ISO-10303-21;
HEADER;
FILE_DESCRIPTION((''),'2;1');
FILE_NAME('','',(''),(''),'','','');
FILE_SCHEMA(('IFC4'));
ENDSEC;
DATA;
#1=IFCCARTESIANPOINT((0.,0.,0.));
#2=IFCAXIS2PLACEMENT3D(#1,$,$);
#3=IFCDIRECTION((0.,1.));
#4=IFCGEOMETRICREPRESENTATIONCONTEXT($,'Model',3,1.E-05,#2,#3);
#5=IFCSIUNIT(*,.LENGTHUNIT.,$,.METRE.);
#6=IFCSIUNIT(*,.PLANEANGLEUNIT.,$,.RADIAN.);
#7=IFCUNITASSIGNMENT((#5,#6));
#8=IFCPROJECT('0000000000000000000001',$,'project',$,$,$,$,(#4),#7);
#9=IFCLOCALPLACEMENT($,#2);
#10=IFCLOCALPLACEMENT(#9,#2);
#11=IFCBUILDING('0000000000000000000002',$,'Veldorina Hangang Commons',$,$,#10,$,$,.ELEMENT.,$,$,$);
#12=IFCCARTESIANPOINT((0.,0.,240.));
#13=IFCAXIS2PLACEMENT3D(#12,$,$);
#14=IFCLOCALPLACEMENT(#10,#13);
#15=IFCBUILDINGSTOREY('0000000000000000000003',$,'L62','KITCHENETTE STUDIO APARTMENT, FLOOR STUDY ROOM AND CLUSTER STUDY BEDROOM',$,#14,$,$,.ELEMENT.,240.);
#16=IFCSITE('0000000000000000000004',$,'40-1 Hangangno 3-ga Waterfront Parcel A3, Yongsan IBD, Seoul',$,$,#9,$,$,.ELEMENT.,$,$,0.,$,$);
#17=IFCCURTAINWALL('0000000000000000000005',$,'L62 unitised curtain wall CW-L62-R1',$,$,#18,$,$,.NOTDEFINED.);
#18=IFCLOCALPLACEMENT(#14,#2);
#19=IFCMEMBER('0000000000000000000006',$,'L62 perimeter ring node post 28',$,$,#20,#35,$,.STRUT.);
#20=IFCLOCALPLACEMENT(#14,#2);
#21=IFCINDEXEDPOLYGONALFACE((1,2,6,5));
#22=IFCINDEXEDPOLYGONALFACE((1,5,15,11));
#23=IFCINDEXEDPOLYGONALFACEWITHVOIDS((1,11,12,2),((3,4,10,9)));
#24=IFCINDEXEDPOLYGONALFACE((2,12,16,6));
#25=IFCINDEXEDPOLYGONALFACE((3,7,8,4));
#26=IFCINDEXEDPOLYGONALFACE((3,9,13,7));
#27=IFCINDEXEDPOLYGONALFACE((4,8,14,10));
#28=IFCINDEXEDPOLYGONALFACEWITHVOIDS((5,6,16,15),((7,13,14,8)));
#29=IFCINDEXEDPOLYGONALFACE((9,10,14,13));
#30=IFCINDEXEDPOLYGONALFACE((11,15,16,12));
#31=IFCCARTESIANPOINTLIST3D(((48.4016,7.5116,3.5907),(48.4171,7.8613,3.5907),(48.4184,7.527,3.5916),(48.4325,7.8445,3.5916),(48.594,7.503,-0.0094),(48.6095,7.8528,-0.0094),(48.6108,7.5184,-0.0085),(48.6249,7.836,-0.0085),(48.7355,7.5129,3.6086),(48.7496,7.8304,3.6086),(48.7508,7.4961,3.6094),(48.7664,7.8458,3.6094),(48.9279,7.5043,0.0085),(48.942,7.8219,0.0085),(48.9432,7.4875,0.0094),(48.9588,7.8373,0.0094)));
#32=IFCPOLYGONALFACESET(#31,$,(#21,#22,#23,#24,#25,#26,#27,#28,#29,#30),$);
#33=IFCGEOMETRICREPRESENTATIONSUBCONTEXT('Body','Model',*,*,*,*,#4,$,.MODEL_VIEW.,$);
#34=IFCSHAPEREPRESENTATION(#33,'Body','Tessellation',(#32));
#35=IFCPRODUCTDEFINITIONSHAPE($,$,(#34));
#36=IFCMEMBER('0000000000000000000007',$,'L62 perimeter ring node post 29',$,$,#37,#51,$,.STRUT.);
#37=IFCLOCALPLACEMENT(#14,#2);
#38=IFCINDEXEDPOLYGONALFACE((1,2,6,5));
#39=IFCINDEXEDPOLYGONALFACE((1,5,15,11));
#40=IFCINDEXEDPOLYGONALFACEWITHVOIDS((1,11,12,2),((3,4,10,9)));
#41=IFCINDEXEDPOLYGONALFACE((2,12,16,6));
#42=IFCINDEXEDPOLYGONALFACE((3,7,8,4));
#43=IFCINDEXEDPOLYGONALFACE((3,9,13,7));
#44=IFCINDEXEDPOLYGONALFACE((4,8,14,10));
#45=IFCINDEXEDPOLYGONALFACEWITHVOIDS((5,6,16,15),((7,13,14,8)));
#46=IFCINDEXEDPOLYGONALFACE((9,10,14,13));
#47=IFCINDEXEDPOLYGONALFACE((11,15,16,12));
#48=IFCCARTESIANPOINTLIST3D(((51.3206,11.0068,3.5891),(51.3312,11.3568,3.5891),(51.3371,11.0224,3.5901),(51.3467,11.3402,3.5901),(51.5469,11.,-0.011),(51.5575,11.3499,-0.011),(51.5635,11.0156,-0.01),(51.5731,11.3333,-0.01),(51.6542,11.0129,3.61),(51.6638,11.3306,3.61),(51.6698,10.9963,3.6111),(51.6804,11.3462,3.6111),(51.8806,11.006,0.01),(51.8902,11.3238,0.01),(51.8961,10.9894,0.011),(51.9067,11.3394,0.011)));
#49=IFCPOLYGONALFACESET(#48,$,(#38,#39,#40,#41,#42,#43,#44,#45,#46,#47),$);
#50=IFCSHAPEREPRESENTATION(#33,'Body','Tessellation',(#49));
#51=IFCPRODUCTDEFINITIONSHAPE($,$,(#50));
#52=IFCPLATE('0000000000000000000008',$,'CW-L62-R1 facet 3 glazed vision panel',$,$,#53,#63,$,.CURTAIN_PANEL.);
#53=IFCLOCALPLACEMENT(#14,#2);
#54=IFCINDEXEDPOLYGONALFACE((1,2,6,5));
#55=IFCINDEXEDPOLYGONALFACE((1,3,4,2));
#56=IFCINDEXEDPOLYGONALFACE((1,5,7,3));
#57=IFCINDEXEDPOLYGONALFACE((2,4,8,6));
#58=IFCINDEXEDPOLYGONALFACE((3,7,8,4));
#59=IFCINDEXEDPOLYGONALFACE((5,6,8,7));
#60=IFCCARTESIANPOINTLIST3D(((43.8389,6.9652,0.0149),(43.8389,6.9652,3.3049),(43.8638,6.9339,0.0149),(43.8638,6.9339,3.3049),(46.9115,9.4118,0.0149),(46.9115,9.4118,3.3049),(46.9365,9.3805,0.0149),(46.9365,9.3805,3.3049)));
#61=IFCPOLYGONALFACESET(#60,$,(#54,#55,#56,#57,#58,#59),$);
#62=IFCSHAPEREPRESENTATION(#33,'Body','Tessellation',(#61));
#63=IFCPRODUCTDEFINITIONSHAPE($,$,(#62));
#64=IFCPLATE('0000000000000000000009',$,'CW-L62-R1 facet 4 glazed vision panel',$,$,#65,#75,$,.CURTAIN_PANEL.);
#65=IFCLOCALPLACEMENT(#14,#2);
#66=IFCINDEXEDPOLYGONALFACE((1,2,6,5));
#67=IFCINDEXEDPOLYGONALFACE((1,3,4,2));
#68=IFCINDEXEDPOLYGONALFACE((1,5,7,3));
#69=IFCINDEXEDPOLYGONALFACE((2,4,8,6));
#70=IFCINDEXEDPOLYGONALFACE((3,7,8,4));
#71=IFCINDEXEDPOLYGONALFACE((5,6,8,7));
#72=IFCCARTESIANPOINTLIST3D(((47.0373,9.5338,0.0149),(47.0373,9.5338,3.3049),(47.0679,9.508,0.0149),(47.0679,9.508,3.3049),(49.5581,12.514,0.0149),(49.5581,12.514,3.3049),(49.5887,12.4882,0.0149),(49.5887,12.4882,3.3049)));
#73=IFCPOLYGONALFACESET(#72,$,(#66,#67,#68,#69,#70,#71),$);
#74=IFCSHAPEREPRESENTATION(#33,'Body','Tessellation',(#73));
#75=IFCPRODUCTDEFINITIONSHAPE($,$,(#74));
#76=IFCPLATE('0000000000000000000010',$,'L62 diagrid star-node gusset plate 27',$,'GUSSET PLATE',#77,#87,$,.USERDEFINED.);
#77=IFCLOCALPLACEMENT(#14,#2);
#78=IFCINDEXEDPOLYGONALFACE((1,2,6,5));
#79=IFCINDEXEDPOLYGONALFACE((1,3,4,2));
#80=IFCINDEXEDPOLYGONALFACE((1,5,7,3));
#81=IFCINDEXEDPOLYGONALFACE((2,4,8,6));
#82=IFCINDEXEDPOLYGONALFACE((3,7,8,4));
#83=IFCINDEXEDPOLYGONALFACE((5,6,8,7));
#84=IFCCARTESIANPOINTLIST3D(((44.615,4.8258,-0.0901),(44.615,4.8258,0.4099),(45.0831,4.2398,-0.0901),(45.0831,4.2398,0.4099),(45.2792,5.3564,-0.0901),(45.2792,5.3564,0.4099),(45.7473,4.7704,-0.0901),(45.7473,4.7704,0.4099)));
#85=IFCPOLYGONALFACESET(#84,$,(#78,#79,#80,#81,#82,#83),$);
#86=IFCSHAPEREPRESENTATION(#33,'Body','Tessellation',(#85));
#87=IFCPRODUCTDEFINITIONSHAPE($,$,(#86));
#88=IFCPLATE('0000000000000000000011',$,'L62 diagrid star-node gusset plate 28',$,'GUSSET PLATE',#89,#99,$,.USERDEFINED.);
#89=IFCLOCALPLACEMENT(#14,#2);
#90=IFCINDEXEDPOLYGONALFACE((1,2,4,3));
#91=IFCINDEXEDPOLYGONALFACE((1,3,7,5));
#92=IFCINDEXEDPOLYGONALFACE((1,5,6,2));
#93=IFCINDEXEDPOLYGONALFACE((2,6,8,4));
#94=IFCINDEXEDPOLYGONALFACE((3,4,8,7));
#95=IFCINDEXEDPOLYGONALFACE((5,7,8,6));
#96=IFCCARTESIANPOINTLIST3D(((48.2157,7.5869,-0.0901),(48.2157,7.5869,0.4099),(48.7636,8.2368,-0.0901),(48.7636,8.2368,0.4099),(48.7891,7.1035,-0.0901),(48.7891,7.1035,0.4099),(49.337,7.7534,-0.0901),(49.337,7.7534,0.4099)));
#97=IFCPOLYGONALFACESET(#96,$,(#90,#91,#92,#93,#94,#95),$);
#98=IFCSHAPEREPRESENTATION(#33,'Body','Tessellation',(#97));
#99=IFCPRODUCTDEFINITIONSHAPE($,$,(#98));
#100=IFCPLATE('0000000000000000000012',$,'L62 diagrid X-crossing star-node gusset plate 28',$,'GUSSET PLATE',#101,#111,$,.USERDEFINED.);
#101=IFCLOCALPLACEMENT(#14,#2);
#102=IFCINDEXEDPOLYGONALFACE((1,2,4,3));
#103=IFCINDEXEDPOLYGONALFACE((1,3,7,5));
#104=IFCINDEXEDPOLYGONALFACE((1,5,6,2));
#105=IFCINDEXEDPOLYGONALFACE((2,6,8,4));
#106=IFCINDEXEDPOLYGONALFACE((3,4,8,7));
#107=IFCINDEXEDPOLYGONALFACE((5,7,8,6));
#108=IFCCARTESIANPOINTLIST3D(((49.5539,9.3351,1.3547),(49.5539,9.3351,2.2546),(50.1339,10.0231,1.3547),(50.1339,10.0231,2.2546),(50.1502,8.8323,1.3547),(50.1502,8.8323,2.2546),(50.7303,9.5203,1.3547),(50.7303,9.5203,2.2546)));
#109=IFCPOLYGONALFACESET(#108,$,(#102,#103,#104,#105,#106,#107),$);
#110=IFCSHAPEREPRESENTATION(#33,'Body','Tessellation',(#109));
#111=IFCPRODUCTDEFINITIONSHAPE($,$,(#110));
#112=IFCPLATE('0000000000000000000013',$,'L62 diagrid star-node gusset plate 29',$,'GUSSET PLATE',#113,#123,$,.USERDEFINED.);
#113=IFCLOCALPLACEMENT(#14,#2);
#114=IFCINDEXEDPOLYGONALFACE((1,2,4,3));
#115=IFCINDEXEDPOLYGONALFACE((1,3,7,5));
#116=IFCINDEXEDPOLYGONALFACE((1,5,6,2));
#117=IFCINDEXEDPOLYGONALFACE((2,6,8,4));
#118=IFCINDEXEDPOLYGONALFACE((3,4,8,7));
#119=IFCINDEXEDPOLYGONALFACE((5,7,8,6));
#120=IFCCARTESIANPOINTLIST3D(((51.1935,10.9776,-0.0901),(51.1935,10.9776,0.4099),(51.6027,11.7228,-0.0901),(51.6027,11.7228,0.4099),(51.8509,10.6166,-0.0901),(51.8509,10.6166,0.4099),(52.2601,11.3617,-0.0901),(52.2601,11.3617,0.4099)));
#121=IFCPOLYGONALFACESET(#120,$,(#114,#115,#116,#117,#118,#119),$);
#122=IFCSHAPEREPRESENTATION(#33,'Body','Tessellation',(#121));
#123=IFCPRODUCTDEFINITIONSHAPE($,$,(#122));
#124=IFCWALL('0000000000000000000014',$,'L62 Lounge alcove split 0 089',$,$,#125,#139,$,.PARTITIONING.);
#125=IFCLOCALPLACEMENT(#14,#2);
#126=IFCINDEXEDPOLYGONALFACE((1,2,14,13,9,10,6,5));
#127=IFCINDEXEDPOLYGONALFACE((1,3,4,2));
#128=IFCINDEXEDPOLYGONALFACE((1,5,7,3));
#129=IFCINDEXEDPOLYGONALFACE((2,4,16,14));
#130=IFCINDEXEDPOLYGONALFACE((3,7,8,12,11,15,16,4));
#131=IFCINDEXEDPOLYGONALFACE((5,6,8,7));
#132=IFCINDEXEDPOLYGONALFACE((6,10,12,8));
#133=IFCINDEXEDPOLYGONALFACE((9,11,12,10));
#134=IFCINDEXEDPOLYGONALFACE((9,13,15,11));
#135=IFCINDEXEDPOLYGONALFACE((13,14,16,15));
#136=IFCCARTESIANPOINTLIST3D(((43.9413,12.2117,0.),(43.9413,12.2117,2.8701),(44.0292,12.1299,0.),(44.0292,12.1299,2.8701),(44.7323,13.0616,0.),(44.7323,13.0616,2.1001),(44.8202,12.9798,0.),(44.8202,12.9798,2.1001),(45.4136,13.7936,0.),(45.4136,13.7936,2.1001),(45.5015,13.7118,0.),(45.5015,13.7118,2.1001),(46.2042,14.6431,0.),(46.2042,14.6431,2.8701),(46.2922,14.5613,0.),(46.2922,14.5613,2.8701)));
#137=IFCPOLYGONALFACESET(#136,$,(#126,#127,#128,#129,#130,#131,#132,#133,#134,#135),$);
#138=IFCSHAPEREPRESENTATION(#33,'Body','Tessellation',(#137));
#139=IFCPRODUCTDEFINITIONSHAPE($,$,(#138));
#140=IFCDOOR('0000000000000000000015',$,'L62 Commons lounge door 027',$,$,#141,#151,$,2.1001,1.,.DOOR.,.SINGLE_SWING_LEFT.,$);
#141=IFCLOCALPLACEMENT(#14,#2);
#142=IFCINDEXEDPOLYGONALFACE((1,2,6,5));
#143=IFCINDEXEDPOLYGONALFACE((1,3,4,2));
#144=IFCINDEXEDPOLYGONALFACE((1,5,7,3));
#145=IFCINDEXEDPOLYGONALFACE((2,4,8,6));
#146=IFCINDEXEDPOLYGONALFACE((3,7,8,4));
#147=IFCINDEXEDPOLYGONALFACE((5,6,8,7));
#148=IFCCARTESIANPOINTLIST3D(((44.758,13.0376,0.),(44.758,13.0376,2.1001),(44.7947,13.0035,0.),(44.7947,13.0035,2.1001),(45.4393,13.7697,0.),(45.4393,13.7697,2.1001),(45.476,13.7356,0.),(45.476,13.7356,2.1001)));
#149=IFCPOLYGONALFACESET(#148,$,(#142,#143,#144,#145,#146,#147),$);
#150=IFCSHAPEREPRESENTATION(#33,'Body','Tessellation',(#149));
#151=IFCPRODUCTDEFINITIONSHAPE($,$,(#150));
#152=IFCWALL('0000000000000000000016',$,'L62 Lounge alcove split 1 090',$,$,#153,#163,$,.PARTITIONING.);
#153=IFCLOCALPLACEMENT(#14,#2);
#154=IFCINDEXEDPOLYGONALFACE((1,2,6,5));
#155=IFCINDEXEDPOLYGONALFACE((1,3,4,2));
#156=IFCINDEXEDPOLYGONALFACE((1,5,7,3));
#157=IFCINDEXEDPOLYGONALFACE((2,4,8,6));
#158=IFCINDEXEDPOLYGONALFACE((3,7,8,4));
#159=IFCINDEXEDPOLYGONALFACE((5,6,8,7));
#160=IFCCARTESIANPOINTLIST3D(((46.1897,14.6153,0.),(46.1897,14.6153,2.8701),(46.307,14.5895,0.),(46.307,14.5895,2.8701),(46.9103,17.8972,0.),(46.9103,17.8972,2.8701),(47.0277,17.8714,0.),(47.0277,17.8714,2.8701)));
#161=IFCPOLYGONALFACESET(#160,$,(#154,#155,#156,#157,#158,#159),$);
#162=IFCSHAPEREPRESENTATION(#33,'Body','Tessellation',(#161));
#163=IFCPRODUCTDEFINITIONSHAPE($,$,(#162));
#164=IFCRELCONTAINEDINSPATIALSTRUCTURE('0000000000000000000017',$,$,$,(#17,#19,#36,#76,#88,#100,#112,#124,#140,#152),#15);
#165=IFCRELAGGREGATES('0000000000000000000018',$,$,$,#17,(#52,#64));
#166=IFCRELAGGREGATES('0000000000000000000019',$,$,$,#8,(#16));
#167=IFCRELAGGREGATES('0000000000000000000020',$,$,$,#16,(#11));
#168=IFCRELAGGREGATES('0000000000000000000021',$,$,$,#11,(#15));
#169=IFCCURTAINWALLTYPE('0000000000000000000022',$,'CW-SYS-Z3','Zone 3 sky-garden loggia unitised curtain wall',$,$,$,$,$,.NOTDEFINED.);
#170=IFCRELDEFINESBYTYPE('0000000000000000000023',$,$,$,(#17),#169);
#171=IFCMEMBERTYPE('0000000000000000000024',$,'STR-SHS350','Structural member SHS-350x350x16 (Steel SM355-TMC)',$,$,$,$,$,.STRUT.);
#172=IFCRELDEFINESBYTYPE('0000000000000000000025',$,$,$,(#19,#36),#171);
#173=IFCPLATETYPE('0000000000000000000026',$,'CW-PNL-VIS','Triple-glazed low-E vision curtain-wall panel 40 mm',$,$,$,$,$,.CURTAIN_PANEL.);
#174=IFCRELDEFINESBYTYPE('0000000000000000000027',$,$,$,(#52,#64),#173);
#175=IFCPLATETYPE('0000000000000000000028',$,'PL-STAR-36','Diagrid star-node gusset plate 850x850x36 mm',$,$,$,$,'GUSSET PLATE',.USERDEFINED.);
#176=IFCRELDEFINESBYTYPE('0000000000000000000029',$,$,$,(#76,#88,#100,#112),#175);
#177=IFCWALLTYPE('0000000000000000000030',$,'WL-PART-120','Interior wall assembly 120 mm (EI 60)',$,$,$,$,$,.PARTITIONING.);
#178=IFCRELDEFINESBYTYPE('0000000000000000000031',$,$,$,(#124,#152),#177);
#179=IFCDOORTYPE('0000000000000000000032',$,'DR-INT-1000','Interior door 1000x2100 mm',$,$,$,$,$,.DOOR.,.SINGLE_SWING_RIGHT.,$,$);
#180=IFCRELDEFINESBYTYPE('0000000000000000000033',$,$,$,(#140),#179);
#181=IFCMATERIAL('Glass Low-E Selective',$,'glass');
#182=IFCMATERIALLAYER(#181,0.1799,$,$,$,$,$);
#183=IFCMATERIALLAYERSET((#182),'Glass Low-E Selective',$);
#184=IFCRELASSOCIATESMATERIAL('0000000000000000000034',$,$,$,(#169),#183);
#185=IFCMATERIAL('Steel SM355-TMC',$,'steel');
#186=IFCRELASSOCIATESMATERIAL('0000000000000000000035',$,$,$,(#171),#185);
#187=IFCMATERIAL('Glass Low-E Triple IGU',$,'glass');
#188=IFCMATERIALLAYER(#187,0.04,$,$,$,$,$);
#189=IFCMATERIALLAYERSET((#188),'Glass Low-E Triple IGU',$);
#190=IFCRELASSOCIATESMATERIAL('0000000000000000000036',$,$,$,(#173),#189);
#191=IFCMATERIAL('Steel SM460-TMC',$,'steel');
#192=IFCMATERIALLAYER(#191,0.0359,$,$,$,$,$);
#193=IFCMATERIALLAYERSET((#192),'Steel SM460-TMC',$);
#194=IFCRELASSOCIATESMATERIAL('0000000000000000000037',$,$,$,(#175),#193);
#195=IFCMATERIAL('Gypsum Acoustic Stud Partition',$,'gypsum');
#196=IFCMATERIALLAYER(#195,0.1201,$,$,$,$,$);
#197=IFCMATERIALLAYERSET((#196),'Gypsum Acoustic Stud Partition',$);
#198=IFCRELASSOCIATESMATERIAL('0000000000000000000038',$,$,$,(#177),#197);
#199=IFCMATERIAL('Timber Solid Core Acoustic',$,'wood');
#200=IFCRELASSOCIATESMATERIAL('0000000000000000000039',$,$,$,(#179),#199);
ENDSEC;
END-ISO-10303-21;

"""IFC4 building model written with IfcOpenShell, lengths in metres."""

from ifc_helpers import new_model, si_unit, direction, frame, frame_2d, origin, origin_2d, place, context, subcontext, project, spatial, rectangle, hollow_rectangle, extrude, material, layer, layer_set, material_profile, profile_set, type_object, element, fill, aggregate, save


model = new_model("IFC4")

# Units and contexts
model_context = context("Model", 3, precision=1e-05, world=origin(), true_north=direction((0.0, 1.0)))
body_context = subcontext(model_context, "Body", "Model", "MODEL_VIEW")
ifc_project = project(units=[si_unit("LENGTHUNIT", "METRE"), si_unit("PLANEANGLEUNIT", "RADIAN")], contexts=[model_context])

# Site, building, storey
site_placement = place(None, origin())
site = spatial("IfcSite", under=ifc_project, at=site_placement, Name="40-1 Hangangno 3-ga Waterfront Parcel A3, Yongsan IBD, Seoul", CompositionType="ELEMENT", RefElevation=0.0)
building_placement = place(site_placement, origin())
building = spatial("IfcBuilding", under=site, at=building_placement, Name="Veldorina Hangang Commons", CompositionType="ELEMENT")
storey_placement = place(building_placement, frame((0.0, 0.0, 240.0)))
storey = spatial("IfcBuildingStorey", under=building, at=storey_placement, Name="L62", Description="KITCHENETTE STUDIO APARTMENT, FLOOR STUDY ROOM AND CLUSTER STUDY BEDROOM", CompositionType="ELEMENT", Elevation=240.0)

# Shared definitions
ifc_material_1 = material(Name="Steel SM355-TMC", Category="steel")

# Curtain wall
ifc_material_2 = material(Name="Glass Low-E Selective", Category="glass")
ifc_layer_1 = layer(ifc_material_2, 0.1799)
ifc_layer_set_1 = layer_set([ifc_layer_1], Name="Glass Low-E Selective")
curtain_wall_type = type_object("IfcCurtainWallType", Name="CW-SYS-Z3", Description="Zone 3 sky-garden loggia unitised curtain wall", PredefinedType="NOTDEFINED", material=ifc_layer_set_1)
curtain_wall_placement = place(storey_placement, origin())
curtain_wall = element("IfcCurtainWall", 1, at=curtain_wall_placement, inside=storey, type_object=curtain_wall_type, Name="L62 unitised curtain wall CW-L62-R1", PredefinedType="NOTDEFINED")

# Members
ifc_material_profile_1 = material_profile(ifc_material_1, hollow_rectangle(XDim=0.3501, YDim=0.3501, WallThickness=0.0161, at=origin_2d()), Name="SHS-350x350x16")
ifc_profile_set_1 = profile_set([ifc_material_profile_1], Name="Steel SM355-TMC")
member_type_1 = type_object("IfcMemberType", Name="STR-SHS350", Description="Structural member SHS-350x350x16 (Steel SM355-TMC)", PredefinedType="STRUT", material=ifc_profile_set_1)
member_1_placement = place(storey_placement, frame((48.7764, 7.6702, 0.0), z_axis=(-0.053362, 0.00237, 0.998572), x_axis=(-0.044372, -0.999015, 0.0)))
element("IfcMember", 2, at=member_1_placement, inside=storey, type_object=member_type_1, Name="L62 perimeter ring node post 28", PredefinedType="STRUT", context=body_context, shape_type="SweptSolid", body=[
    extrude(hollow_rectangle(XDim=0.3501, YDim=0.3501, WallThickness=0.0161, at=origin_2d()), origin(), (0.0, 0.0, 1.0), 3.6052),
])
member_2_placement = place(storey_placement, frame((51.7268, 11.1697, 0.0), z_axis=(-0.062741, 0.001895, 0.998028), x_axis=(-0.030191, -0.999544, 0.0)))
element("IfcMember", 3, at=member_2_placement, inside=storey, type_object=member_type_1, Name="L62 perimeter ring node post 29", PredefinedType="STRUT", context=body_context, shape_type="SweptSolid", body=[
    extrude(hollow_rectangle(XDim=0.3501, YDim=0.3501, WallThickness=0.0161, at=origin_2d()), origin(), (0.0, 0.0, 1.0), 3.6072),
])

# Plates
ifc_material_3 = material(Name="Glass Low-E Triple IGU", Category="glass")
ifc_layer_2 = layer(ifc_material_3, 0.04)
ifc_layer_set_2 = layer_set([ifc_layer_2], Name="Glass Low-E Triple IGU")
plate_type_1 = type_object("IfcPlateType", Name="CW-PNL-VIS", Description="Triple-glazed low-E vision curtain-wall panel 40 mm", PredefinedType="CURTAIN_PANEL", material=ifc_layer_set_2)
plate_1_placement = place(storey_placement, frame((45.3877, 8.1729, 0.0149), z_axis=(0.0, 0.0, 1.0), x_axis=(0.782293, 0.622911, 0.0)))
plate_1 = element("IfcPlate", 4, at=plate_1_placement, type_object=plate_type_1, Name="CW-L62-R1 facet 3 glazed vision panel", PredefinedType="CURTAIN_PANEL", context=body_context, shape_type="SweptSolid", body=[
    extrude(rectangle(XDim=3.9277, YDim=0.04, at=origin_2d()), origin(), (0.0, 0.0, 1.0), 3.29),
])
plate_2_placement = place(storey_placement, frame((48.313, 11.011, 0.0149), z_axis=(0.0, 0.0, 1.0), x_axis=(0.645804, 0.763503, 0.0)))
plate_2 = element("IfcPlate", 5, at=plate_2_placement, type_object=plate_type_1, Name="CW-L62-R1 facet 4 glazed vision panel", PredefinedType="CURTAIN_PANEL", context=body_context, shape_type="SweptSolid", body=[
    extrude(rectangle(XDim=3.9033, YDim=0.04, at=origin_2d()), origin(), (0.0, 0.0, 1.0), 3.29),
])
aggregate(curtain_wall, [plate_1, plate_2])

# Plates
ifc_material_4 = material(Name="Steel SM460-TMC", Category="steel")
ifc_layer_3 = layer(ifc_material_4, 0.0359)
ifc_layer_set_3 = layer_set([ifc_layer_3], Name="Steel SM460-TMC")
plate_type_2 = type_object("IfcPlateType", Name="PL-STAR-36", Description="Diagrid star-node gusset plate 850x850x36 mm", ElementType="GUSSET PLATE", PredefinedType="USERDEFINED", material=ifc_layer_set_3)
for number, where, z_axis, x_axis, name in (
    (6, (45.1812, 4.7981, -0.0901), (0.0, 0.0, 1.0), (0.781314, 0.624139, 0.0), "L62 diagrid star-node gusset plate 27"),
    (7, (48.7764, 7.6702, -0.0901), (0.0, 0.0, 1.0), (0.644577, 0.764539, 0.0), "L62 diagrid star-node gusset plate 28"),
):
    element("IfcPlate", number, at=place(storey_placement, frame(where, z_axis=z_axis, x_axis=x_axis)), inside=storey, type_object=plate_type_2, Name=name, ObjectType="GUSSET PLATE", PredefinedType="USERDEFINED", context=body_context, shape_type="SweptSolid", body=[
        extrude(rectangle(XDim=0.8501, YDim=0.75, at=origin_2d()), origin(), (0.0, 0.0, 1.0), 0.5),
    ])
plate_3_placement = place(storey_placement, frame((50.1421, 9.4277, 1.3547), z_axis=(0.0, 0.0, 1.0), x_axis=(0.644577, 0.764539, 0.0)))
element("IfcPlate", 8, at=plate_3_placement, inside=storey, type_object=plate_type_2, Name="L62 diagrid X-crossing star-node gusset plate 28", ObjectType="GUSSET PLATE", PredefinedType="USERDEFINED", context=body_context, shape_type="SweptSolid", body=[
    extrude(rectangle(XDim=0.8999, YDim=0.78, at=origin_2d()), origin(), (0.0, 0.0, 1.0), 0.8999),
])
plate_4_placement = place(storey_placement, frame((51.7268, 11.1697, -0.0901), z_axis=(0.0, 0.0, 1.0), x_axis=(0.481341, 0.876534, 0.0)))
element("IfcPlate", 9, at=plate_4_placement, inside=storey, type_object=plate_type_2, Name="L62 diagrid star-node gusset plate 29", ObjectType="GUSSET PLATE", PredefinedType="USERDEFINED", context=body_context, shape_type="SweptSolid", body=[
    extrude(rectangle(XDim=0.8501, YDim=0.75, at=origin_2d()), origin(), (0.0, 0.0, 1.0), 0.5),
])

# Wall, opening, door
ifc_material_5 = material(Name="Gypsum Acoustic Stud Partition", Category="gypsum")
ifc_layer_4 = layer(ifc_material_5, 0.1201)
ifc_layer_set_4 = layer_set([ifc_layer_4], Name="Gypsum Acoustic Stud Partition")
wall_type_1 = type_object("IfcWallType", Name="WL-PART-120", Description="Interior wall assembly 120 mm (EI 60)", PredefinedType="PARTITIONING", material=ifc_layer_set_4)
wall_1_placement = place(storey_placement, frame((43.9854, 12.1709, 0.0), z_axis=(0.0, 0.0, 1.0), x_axis=(0.681294, 0.73201, 0.0)))
wall_1 = element("IfcWall", 10, at=wall_1_placement, inside=storey, type_object=wall_type_1, Name="L62 Lounge alcove split 0 089", PredefinedType="PARTITIONING", context=body_context, shape_type="SweptSolid", body=[
    extrude(rectangle(XDim=3.3215, YDim=0.1201, at=frame_2d((1.6606, 0.0))), origin(), (0.0, 0.0, 1.0), 2.8701),
])
opening_1_placement = place(wall_1_placement, frame((1.1609, 0.0, 0.0)))
opening_1 = element("IfcOpeningElement", 11, at=opening_1_placement, cuts=wall_1, PredefinedType="OPENING", context=body_context, shape_type="SweptSolid", body=[
    extrude(rectangle(XDim=1.0, YDim=2.1001, at=frame_2d((0.5, 1.05))), frame((0.0, 0.0701, 0.0), z_axis=(0.0, -1.0, 0.0), x_axis=(1.0, 0.0, 0.0)), (0.0, 0.0, 1.0), 0.1401),
])
ifc_material_6 = material(Name="Timber Solid Core Acoustic", Category="wood")
door_type_1 = type_object("IfcDoorType", Name="DR-INT-1000", Description="Interior door 1000x2100 mm", OperationType="SINGLE_SWING_RIGHT", PredefinedType="DOOR", material=ifc_material_6)
door_1_placement = place(opening_1_placement, origin())
door_1 = element("IfcDoor", 12, at=door_1_placement, inside=storey, type_object=door_type_1, Name="L62 Commons lounge door 027", OperationType="SINGLE_SWING_LEFT", OverallHeight=2.1001, OverallWidth=1.0, PredefinedType="DOOR", context=body_context, shape_type="SweptSolid", body=[
    extrude(rectangle(XDim=1.0, YDim=2.1001, at=frame_2d((0.5, 1.05))), frame((0.0, 0.0249, 0.0), z_axis=(0.0, -1.0, 0.0), x_axis=(1.0, 0.0, 0.0)), (0.0, 0.0, 1.0), 0.05),
])
fill(opening_1, door_1)

# Wall
wall_2_placement = place(storey_placement, frame((46.2483, 14.6023, 0.0), z_axis=(0.0, 0.0, 1.0), x_axis=(0.214483, 0.976728, 0.0)))
element("IfcWall", 13, at=wall_2_placement, inside=storey, type_object=wall_type_1, Name="L62 Lounge alcove split 1 090", PredefinedType="PARTITIONING", context=body_context, shape_type="SweptSolid", body=[
    extrude(rectangle(XDim=3.3601, YDim=0.1201, at=frame_2d((1.6802, 0.0))), origin(), (0.0, 0.0, 1.0), 2.8701),
])

save(model, "model.ifc")
